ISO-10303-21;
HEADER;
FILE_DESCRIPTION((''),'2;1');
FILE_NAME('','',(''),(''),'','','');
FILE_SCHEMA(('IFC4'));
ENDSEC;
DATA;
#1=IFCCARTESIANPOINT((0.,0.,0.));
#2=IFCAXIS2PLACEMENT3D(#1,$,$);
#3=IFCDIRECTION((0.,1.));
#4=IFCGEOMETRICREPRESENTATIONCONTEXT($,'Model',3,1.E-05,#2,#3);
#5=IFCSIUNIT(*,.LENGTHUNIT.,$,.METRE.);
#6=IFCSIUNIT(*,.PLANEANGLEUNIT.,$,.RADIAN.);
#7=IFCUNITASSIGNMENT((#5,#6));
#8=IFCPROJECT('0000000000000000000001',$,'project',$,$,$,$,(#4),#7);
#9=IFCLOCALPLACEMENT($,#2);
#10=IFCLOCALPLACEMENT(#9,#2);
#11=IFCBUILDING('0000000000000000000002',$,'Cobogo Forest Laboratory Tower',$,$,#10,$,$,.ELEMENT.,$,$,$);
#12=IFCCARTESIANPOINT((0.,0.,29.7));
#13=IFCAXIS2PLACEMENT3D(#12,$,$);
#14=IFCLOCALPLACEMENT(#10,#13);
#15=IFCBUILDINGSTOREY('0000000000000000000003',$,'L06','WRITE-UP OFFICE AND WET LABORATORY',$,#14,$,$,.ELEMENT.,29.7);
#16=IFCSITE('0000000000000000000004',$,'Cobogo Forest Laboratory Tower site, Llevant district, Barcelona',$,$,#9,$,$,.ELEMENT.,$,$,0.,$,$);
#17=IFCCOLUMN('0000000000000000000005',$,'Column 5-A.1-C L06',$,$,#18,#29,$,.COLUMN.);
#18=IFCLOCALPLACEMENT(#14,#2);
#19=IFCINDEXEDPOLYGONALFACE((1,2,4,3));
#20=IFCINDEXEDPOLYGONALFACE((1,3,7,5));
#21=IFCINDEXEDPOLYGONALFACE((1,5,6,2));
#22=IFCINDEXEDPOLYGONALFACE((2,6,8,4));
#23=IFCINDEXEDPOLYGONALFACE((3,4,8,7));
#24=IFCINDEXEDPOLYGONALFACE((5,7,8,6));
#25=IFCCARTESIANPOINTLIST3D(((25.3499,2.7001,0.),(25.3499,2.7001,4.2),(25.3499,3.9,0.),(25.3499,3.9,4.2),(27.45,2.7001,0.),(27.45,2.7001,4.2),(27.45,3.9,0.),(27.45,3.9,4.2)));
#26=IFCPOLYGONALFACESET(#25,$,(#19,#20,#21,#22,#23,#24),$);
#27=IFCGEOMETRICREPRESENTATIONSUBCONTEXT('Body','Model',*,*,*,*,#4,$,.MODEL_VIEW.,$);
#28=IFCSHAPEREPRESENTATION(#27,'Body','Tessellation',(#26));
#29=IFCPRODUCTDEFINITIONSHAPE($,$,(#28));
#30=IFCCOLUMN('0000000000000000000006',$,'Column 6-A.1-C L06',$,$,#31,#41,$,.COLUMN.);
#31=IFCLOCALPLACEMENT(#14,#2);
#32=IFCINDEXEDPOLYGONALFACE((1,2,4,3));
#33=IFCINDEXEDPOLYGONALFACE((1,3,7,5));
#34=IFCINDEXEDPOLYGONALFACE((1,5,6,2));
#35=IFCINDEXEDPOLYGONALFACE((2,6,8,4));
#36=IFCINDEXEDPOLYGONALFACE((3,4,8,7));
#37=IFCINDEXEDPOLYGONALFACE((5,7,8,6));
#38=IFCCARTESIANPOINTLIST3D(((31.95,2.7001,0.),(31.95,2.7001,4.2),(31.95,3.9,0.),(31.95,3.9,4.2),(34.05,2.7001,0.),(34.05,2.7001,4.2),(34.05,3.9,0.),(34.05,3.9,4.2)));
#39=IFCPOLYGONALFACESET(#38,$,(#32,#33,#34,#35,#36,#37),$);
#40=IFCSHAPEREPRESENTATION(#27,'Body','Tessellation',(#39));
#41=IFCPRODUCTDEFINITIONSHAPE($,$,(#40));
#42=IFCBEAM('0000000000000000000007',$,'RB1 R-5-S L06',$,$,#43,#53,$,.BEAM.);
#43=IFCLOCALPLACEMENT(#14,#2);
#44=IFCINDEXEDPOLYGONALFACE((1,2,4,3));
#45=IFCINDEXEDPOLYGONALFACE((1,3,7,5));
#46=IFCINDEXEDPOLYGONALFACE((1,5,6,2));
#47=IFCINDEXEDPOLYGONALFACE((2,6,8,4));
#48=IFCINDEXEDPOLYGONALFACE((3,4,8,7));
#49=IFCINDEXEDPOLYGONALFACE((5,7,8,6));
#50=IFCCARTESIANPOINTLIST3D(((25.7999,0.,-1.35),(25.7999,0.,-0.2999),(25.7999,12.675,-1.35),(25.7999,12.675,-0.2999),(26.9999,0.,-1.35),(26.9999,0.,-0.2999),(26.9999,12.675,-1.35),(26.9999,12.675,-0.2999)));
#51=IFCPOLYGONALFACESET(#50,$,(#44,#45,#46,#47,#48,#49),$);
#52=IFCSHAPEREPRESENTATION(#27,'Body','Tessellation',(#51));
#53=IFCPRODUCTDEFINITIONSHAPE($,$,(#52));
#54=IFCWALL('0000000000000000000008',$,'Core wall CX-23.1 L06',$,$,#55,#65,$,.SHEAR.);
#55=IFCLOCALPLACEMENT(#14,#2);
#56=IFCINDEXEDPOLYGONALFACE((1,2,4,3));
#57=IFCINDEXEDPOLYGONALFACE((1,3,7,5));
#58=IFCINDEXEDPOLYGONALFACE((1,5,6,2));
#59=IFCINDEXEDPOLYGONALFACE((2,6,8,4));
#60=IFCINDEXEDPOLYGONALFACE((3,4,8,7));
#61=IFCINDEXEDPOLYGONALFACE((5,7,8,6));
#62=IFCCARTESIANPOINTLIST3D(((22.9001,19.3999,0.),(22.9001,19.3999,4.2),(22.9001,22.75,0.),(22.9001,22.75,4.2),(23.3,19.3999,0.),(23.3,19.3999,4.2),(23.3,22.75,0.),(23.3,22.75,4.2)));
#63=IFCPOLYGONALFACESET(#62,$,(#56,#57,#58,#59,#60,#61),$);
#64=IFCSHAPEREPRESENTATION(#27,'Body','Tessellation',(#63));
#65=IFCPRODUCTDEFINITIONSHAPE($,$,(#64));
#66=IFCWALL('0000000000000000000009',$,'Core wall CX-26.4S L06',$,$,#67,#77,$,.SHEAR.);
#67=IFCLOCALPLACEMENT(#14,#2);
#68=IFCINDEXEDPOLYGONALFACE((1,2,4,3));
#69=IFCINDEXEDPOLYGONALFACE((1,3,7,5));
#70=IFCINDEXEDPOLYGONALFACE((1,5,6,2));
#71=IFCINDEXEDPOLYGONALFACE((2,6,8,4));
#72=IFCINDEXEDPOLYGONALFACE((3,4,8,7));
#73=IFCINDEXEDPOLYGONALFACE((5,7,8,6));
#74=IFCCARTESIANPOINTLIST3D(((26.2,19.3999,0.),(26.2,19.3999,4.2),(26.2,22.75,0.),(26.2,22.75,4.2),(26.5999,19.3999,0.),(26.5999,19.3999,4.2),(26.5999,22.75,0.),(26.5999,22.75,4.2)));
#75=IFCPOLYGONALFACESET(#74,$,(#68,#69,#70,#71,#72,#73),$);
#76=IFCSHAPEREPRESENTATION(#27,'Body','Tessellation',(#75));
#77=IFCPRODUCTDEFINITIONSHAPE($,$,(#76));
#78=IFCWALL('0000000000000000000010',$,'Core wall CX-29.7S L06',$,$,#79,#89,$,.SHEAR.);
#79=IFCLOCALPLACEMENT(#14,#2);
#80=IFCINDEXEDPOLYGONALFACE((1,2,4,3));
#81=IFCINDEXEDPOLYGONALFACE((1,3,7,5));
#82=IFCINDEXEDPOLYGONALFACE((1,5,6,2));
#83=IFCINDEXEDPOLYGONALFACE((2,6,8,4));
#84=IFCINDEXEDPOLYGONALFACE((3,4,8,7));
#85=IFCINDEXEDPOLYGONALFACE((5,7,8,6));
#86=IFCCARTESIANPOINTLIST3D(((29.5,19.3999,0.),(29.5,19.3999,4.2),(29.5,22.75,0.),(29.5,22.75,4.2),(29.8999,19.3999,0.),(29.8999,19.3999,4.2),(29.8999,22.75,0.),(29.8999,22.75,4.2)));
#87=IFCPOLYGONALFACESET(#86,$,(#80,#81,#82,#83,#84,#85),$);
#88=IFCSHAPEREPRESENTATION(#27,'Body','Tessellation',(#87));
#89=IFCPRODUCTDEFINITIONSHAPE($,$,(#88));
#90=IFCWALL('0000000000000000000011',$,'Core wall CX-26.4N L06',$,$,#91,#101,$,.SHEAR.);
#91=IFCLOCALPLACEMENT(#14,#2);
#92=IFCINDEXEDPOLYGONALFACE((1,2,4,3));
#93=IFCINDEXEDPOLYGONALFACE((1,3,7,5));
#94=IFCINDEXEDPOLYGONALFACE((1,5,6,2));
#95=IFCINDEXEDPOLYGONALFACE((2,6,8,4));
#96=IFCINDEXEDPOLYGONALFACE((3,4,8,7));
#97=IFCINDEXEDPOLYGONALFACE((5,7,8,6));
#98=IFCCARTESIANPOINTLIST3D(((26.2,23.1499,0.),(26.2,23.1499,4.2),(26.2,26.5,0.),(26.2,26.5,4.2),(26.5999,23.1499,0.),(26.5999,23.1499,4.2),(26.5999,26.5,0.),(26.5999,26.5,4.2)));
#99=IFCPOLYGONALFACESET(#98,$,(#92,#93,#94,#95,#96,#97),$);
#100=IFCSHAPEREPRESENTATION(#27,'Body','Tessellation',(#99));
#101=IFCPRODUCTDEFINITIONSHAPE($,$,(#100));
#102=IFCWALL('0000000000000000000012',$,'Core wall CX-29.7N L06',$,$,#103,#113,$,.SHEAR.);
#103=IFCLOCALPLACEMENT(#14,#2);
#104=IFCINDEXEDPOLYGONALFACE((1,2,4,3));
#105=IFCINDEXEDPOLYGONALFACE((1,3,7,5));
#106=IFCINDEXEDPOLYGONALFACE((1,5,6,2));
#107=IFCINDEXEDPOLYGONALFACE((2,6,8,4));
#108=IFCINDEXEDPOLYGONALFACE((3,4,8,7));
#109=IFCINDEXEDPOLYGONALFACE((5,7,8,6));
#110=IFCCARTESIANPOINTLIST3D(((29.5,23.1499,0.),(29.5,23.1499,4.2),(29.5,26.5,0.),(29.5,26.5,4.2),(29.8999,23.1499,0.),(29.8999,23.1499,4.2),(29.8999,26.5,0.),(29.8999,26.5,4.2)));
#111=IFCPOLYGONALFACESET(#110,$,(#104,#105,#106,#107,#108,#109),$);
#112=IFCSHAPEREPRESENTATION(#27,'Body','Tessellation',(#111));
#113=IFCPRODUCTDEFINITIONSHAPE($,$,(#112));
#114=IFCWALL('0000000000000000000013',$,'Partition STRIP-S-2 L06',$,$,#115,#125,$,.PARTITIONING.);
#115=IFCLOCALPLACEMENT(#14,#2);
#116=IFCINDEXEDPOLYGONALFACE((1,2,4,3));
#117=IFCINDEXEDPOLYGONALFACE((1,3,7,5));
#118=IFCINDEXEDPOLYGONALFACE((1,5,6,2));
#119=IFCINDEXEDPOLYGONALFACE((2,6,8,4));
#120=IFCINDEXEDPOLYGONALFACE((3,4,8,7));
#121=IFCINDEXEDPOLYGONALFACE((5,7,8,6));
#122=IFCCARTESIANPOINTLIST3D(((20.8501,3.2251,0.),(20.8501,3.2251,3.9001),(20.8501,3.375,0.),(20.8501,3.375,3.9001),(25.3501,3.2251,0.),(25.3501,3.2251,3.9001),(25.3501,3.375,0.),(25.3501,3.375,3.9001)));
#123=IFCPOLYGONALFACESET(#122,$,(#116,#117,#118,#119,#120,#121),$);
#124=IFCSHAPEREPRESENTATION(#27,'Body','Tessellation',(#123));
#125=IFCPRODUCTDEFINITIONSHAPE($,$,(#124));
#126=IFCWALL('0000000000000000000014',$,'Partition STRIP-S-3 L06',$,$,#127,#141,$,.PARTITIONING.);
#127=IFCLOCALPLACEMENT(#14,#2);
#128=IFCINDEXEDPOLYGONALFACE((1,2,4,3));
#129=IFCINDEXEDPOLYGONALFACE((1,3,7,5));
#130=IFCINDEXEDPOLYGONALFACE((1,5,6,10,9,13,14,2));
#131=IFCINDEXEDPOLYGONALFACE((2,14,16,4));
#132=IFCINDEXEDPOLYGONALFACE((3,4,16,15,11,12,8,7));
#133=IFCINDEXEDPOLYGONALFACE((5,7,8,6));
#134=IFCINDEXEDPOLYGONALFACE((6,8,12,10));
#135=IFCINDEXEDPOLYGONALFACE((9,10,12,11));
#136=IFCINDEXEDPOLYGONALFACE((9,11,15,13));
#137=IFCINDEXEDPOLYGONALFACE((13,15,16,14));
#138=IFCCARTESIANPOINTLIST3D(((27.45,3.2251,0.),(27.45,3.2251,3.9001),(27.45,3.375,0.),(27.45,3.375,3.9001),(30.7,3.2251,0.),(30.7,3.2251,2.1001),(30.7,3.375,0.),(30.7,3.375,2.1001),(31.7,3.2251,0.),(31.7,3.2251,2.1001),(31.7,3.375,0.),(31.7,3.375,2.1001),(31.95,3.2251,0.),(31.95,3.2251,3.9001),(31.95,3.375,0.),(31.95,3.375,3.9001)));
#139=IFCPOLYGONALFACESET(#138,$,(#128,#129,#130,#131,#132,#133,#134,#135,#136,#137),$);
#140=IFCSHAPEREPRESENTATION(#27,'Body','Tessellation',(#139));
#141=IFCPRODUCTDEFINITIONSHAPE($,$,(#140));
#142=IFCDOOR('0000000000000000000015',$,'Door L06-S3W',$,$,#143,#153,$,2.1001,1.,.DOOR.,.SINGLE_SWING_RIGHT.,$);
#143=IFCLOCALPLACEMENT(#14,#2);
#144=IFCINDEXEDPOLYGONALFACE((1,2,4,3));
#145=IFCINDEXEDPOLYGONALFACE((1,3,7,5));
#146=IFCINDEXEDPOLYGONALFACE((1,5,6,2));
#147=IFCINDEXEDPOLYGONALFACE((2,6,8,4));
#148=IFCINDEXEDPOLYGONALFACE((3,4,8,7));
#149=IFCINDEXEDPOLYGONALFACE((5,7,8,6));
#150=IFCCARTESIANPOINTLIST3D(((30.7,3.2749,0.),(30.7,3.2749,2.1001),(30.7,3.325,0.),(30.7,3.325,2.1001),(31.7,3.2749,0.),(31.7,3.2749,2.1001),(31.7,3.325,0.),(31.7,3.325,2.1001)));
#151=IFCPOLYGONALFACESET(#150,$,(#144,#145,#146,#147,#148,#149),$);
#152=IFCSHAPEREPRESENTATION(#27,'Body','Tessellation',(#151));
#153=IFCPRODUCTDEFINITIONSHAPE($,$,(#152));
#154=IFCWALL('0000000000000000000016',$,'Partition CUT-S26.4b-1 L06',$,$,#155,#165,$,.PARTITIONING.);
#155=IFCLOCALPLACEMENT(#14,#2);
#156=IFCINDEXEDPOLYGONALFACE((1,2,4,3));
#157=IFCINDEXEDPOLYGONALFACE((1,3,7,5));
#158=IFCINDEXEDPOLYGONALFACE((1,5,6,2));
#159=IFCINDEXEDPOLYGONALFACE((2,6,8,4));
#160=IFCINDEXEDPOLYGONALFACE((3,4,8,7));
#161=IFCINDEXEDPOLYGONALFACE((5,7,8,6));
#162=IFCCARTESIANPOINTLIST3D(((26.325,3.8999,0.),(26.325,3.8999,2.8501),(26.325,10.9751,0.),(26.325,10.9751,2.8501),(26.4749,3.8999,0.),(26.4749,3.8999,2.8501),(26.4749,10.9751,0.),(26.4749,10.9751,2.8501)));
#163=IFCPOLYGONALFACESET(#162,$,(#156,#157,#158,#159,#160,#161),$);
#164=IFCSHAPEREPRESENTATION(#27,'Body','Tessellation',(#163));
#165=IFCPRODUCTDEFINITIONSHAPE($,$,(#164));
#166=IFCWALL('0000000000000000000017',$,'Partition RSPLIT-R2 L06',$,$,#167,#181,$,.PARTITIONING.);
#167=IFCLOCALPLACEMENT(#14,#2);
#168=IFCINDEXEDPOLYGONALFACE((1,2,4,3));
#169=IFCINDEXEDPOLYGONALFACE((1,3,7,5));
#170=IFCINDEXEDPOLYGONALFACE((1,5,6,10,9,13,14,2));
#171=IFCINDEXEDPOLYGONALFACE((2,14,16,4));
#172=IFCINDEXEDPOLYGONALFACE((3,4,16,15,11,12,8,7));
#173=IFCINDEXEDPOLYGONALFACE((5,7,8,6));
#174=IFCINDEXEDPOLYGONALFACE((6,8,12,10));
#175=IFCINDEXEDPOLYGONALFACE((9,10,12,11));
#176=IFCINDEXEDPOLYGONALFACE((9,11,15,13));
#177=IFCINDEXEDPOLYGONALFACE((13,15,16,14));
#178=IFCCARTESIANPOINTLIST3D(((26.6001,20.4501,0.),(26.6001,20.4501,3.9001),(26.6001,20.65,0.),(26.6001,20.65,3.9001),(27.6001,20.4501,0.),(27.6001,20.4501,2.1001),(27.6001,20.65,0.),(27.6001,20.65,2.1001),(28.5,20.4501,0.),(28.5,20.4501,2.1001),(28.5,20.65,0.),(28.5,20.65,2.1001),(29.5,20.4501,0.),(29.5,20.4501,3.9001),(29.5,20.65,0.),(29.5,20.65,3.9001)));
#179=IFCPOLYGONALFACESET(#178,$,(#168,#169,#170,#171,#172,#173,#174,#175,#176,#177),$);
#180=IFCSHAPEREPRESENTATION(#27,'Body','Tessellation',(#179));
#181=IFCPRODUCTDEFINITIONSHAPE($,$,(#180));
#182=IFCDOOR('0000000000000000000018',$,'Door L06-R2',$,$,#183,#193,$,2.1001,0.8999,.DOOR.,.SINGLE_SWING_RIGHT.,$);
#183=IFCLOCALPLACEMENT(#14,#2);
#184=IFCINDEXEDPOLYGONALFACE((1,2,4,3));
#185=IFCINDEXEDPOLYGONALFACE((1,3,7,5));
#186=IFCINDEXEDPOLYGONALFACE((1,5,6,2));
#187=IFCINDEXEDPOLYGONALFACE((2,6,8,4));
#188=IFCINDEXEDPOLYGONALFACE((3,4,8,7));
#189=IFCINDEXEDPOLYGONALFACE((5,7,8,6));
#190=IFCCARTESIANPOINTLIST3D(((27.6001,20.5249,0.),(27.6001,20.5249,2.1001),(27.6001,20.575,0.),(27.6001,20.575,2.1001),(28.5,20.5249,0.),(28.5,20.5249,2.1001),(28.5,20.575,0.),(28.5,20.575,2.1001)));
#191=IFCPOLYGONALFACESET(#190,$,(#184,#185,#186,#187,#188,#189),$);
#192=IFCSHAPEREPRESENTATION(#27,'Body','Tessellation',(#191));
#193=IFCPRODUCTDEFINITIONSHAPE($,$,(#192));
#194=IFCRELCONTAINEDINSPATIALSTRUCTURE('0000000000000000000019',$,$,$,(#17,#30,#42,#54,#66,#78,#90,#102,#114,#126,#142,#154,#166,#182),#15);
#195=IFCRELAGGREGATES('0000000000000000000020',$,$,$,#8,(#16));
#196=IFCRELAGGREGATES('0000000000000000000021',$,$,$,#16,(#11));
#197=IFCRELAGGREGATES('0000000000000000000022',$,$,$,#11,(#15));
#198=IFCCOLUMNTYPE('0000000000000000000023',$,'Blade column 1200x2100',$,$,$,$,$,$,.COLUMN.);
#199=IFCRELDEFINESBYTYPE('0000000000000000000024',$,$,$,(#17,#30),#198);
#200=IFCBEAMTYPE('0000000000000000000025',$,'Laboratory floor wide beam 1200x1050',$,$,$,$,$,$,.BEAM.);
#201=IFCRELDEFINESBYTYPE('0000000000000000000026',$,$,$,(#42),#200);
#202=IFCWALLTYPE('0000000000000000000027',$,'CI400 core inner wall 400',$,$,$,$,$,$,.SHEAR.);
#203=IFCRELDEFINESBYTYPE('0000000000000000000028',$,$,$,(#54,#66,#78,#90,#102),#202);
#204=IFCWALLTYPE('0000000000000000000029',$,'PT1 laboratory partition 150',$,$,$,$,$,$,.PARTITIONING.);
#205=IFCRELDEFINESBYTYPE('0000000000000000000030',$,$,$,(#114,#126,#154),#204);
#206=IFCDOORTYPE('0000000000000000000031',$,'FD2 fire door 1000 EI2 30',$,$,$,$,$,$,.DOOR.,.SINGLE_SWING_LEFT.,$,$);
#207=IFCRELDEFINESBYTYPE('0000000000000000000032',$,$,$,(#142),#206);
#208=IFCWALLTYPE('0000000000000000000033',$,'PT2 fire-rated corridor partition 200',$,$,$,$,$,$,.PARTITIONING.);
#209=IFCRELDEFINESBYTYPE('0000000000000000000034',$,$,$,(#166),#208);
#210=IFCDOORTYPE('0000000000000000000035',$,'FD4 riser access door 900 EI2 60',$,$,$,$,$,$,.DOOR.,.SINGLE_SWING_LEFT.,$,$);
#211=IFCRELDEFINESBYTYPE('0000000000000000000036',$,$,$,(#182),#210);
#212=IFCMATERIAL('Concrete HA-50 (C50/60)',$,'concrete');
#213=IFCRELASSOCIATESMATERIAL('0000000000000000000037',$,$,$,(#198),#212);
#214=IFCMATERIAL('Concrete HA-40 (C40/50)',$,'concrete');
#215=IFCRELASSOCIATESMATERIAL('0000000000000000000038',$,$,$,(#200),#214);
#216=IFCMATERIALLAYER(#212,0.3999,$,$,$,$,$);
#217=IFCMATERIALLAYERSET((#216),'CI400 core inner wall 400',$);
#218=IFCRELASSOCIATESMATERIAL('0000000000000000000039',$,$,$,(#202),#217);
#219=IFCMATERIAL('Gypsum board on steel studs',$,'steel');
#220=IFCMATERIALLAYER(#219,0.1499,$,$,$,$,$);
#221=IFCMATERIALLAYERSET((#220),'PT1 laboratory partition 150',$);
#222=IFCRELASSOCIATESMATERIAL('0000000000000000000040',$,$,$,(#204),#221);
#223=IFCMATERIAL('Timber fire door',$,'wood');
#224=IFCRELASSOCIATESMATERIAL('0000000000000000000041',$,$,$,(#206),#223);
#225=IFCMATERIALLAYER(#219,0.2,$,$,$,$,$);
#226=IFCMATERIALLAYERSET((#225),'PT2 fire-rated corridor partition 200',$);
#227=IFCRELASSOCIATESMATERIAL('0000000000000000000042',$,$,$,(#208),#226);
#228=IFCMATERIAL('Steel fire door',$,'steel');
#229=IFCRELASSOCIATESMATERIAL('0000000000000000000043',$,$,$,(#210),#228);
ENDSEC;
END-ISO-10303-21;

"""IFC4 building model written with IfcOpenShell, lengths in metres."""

from ifc_helpers import new_model, si_unit, direction, frame, frame_2d, origin, origin_2d, place, context, subcontext, project, spatial, rectangle, extrude, material, layer, layer_set, material_profile, profile_set, type_object, element, fill, save


model = new_model("IFC4")

# Units and contexts
model_context = context("Model", 3, precision=1e-05, world=origin(), true_north=direction((0.0, 1.0)))
body_context = subcontext(model_context, "Body", "Model", "MODEL_VIEW")
ifc_project = project(units=[si_unit("LENGTHUNIT", "METRE"), si_unit("PLANEANGLEUNIT", "RADIAN")], contexts=[model_context])

# Site, building, storey
site_placement = place(None, origin())
site = spatial("IfcSite", under=ifc_project, at=site_placement, Name="Cobogo Forest Laboratory Tower site, Llevant district, Barcelona", CompositionType="ELEMENT", RefElevation=0.0)
building_placement = place(site_placement, origin())
building = spatial("IfcBuilding", under=site, at=building_placement, Name="Cobogo Forest Laboratory Tower", CompositionType="ELEMENT")
storey_placement = place(building_placement, frame((0.0, 0.0, 29.7)))
storey = spatial("IfcBuildingStorey", under=building, at=storey_placement, Name="L06", Description="WRITE-UP OFFICE AND WET LABORATORY", CompositionType="ELEMENT", Elevation=29.7)

# Columns
ifc_material_1 = material(Name="Concrete HA-50 (C50/60)", Category="concrete")
ifc_material_profile_1 = material_profile(ifc_material_1, rectangle(XDim=2.1001, YDim=1.2, at=origin_2d()), Name="RC 1200x2100")
ifc_profile_set_1 = profile_set([ifc_material_profile_1], Name="Concrete HA-50 (C50/60)")
column_type = type_object("IfcColumnType", Name="Blade column 1200x2100", PredefinedType="COLUMN", material=ifc_profile_set_1)
for number, where, z_axis, x_axis, name in (
    (1, (26.3999, 3.3, 0.0), (0.0, 0.0, 1.0), (1.0, 0.0, 0.0), "Column 5-A.1-C L06"),
    (2, (33.0, 3.3, 0.0), (0.0, 0.0, 1.0), (1.0, 0.0, 0.0), "Column 6-A.1-C L06"),
):
    element("IfcColumn", number, at=place(storey_placement, frame(where, z_axis=z_axis, x_axis=x_axis)), inside=storey, type_object=column_type, Name=name, PredefinedType="COLUMN", context=body_context, shape_type="SweptSolid", body=[
        extrude(rectangle(XDim=2.1001, YDim=1.2, at=origin_2d()), origin(), (0.0, 0.0, 1.0), 4.2),
    ])

# Beam
ifc_material_2 = material(Name="Concrete HA-40 (C40/50)", Category="concrete")
ifc_material_profile_2 = material_profile(ifc_material_2, rectangle(XDim=1.2, YDim=1.05, at=origin_2d()), Name="RC 1200x1050")
ifc_profile_set_2 = profile_set([ifc_material_profile_2], Name="Concrete HA-40 (C40/50)")
beam_type = type_object("IfcBeamType", Name="Laboratory floor wide beam 1200x1050", PredefinedType="BEAM", material=ifc_profile_set_2)
beam_placement = place(storey_placement, frame((26.3999, 12.675, -0.825), z_axis=(0.0, -1.0, 0.0), x_axis=(1.0, 0.0, 0.0)))
element("IfcBeam", 3, at=beam_placement, inside=storey, type_object=beam_type, Name="RB1 R-5-S L06", PredefinedType="BEAM", context=body_context, shape_type="SweptSolid", body=[
    extrude(rectangle(XDim=1.2, YDim=1.05, at=origin_2d()), origin(), (0.0, 0.0, 1.0), 12.675),
])

# Walls
ifc_layer_1 = layer(ifc_material_1, 0.3999)
ifc_layer_set_1 = layer_set([ifc_layer_1], Name="CI400 core inner wall 400")
wall_type_1 = type_object("IfcWallType", Name="CI400 core inner wall 400", PredefinedType="SHEAR", material=ifc_layer_set_1)
for number, where, z_axis, x_axis, name in (
    (4, (23.1001, 19.3999, 0.0), (0.0, 0.0, 1.0), (0.0, 1.0, 0.0), "Core wall CX-23.1 L06"),
    (5, (26.3999, 19.3999, 0.0), (0.0, 0.0, 1.0), (0.0, 1.0, 0.0), "Core wall CX-26.4S L06"),
    (6, (29.7, 19.3999, 0.0), (0.0, 0.0, 1.0), (0.0, 1.0, 0.0), "Core wall CX-29.7S L06"),
    (7, (26.3999, 23.1499, 0.0), (0.0, 0.0, 1.0), (0.0, 1.0, 0.0), "Core wall CX-26.4N L06"),
    (8, (29.7, 23.1499, 0.0), (0.0, 0.0, 1.0), (0.0, 1.0, 0.0), "Core wall CX-29.7N L06"),
):
    element("IfcWall", number, at=place(storey_placement, frame(where, z_axis=z_axis, x_axis=x_axis)), inside=storey, type_object=wall_type_1, Name=name, PredefinedType="SHEAR", context=body_context, shape_type="SweptSolid", body=[
        extrude(rectangle(XDim=3.3501, YDim=0.3999, at=frame_2d((1.675, 0.0))), origin(), (0.0, 0.0, 1.0), 4.2),
    ])
ifc_material_3 = material(Name="Gypsum board on steel studs", Category="steel")
ifc_layer_2 = layer(ifc_material_3, 0.1499)
ifc_layer_set_2 = layer_set([ifc_layer_2], Name="PT1 laboratory partition 150")
wall_type_2 = type_object("IfcWallType", Name="PT1 laboratory partition 150", PredefinedType="PARTITIONING", material=ifc_layer_set_2)
wall_1_placement = place(storey_placement, frame((20.8501, 3.3, 0.0), z_axis=(0.0, 0.0, 1.0), x_axis=(1.0, 0.0, 0.0)))
element("IfcWall", 9, at=wall_1_placement, inside=storey, type_object=wall_type_2, Name="Partition STRIP-S-2 L06", PredefinedType="PARTITIONING", context=body_context, shape_type="SweptSolid", body=[
    extrude(rectangle(XDim=4.5, YDim=0.1499, at=frame_2d((2.25, 0.0))), origin(), (0.0, 0.0, 1.0), 3.9001),
])

# Wall, opening, door
wall_2_placement = place(storey_placement, frame((27.45, 3.3, 0.0), z_axis=(0.0, 0.0, 1.0), x_axis=(1.0, 0.0, 0.0)))
wall_2 = element("IfcWall", 10, at=wall_2_placement, inside=storey, type_object=wall_type_2, Name="Partition STRIP-S-3 L06", PredefinedType="PARTITIONING", context=body_context, shape_type="SweptSolid", body=[
    extrude(rectangle(XDim=4.5, YDim=0.1499, at=frame_2d((2.25, 0.0))), origin(), (0.0, 0.0, 1.0), 3.9001),
])
opening_1_placement = place(wall_2_placement, frame((3.25, 0.0, 0.0)))
opening_1 = element("IfcOpeningElement", 11, at=opening_1_placement, cuts=wall_2, PredefinedType="OPENING", context=body_context, shape_type="SweptSolid", body=[
    extrude(rectangle(XDim=1.0, YDim=2.1001, at=frame_2d((0.5, 1.05))), frame((0.0, 0.085, 0.0), z_axis=(0.0, -1.0, 0.0), x_axis=(1.0, 0.0, 0.0)), (0.0, 0.0, 1.0), 0.1699),
])
ifc_material_4 = material(Name="Timber fire door", Category="wood")
door_type_1 = type_object("IfcDoorType", Name="FD2 fire door 1000 EI2 30", OperationType="SINGLE_SWING_LEFT", PredefinedType="DOOR", material=ifc_material_4)
door_1_placement = place(opening_1_placement, origin())
door_1 = element("IfcDoor", 12, at=door_1_placement, inside=storey, type_object=door_type_1, Name="Door L06-S3W", OperationType="SINGLE_SWING_RIGHT", OverallHeight=2.1001, OverallWidth=1.0, PredefinedType="DOOR", context=body_context, shape_type="SweptSolid", body=[
    extrude(rectangle(XDim=1.0, YDim=2.1001, at=frame_2d((0.5, 1.05))), frame((0.0, 0.0249, 0.0), z_axis=(0.0, -1.0, 0.0), x_axis=(1.0, 0.0, 0.0)), (0.0, 0.0, 1.0), 0.05),
])
fill(opening_1, door_1)

# Wall
wall_3_placement = place(storey_placement, frame((26.3999, 3.8999, 0.0), z_axis=(0.0, 0.0, 1.0), x_axis=(0.0, 1.0, 0.0)))
element("IfcWall", 13, at=wall_3_placement, inside=storey, type_object=wall_type_2, Name="Partition CUT-S26.4b-1 L06", PredefinedType="PARTITIONING", context=body_context, shape_type="SweptSolid", body=[
    extrude(rectangle(XDim=7.0752, YDim=0.1499, at=frame_2d((3.5376, 0.0))), origin(), (0.0, 0.0, 1.0), 2.8501),
])

# Wall, opening, door
ifc_layer_3 = layer(ifc_material_3, 0.2)
ifc_layer_set_3 = layer_set([ifc_layer_3], Name="PT2 fire-rated corridor partition 200")
wall_type_3 = type_object("IfcWallType", Name="PT2 fire-rated corridor partition 200", PredefinedType="PARTITIONING", material=ifc_layer_set_3)
wall_4_placement = place(storey_placement, frame((26.6001, 20.55, 0.0), z_axis=(0.0, 0.0, 1.0), x_axis=(1.0, 0.0, 0.0)))
wall_4 = element("IfcWall", 14, at=wall_4_placement, inside=storey, type_object=wall_type_3, Name="Partition RSPLIT-R2 L06", PredefinedType="PARTITIONING", context=body_context, shape_type="SweptSolid", body=[
    extrude(rectangle(XDim=2.8999, YDim=0.2, at=frame_2d((1.45, 0.0))), origin(), (0.0, 0.0, 1.0), 3.9001),
])
opening_2_placement = place(wall_4_placement, frame((1.0, 0.0, 0.0)))
opening_2 = element("IfcOpeningElement", 15, at=opening_2_placement, cuts=wall_4, PredefinedType="OPENING", context=body_context, shape_type="SweptSolid", body=[
    extrude(rectangle(XDim=0.8999, YDim=2.1001, at=frame_2d((0.45, 1.05))), frame((0.0, 0.1099, 0.0), z_axis=(0.0, -1.0, 0.0), x_axis=(1.0, 0.0, 0.0)), (0.0, 0.0, 1.0), 0.22),
])
ifc_material_5 = material(Name="Steel fire door", Category="steel")
door_type_2 = type_object("IfcDoorType", Name="FD4 riser access door 900 EI2 60", OperationType="SINGLE_SWING_LEFT", PredefinedType="DOOR", material=ifc_material_5)
door_2_placement = place(opening_2_placement, origin())
door_2 = element("IfcDoor", 16, at=door_2_placement, inside=storey, type_object=door_type_2, Name="Door L06-R2", OperationType="SINGLE_SWING_RIGHT", OverallHeight=2.1001, OverallWidth=0.8999, PredefinedType="DOOR", context=body_context, shape_type="SweptSolid", body=[
    extrude(rectangle(XDim=0.8999, YDim=2.1001, at=frame_2d((0.45, 1.05))), frame((0.0, 0.0249, 0.0), z_axis=(0.0, -1.0, 0.0), x_axis=(1.0, 0.0, 0.0)), (0.0, 0.0, 1.0), 0.05),
])
fill(opening_2, door_2)

save(model, "model.ifc")
